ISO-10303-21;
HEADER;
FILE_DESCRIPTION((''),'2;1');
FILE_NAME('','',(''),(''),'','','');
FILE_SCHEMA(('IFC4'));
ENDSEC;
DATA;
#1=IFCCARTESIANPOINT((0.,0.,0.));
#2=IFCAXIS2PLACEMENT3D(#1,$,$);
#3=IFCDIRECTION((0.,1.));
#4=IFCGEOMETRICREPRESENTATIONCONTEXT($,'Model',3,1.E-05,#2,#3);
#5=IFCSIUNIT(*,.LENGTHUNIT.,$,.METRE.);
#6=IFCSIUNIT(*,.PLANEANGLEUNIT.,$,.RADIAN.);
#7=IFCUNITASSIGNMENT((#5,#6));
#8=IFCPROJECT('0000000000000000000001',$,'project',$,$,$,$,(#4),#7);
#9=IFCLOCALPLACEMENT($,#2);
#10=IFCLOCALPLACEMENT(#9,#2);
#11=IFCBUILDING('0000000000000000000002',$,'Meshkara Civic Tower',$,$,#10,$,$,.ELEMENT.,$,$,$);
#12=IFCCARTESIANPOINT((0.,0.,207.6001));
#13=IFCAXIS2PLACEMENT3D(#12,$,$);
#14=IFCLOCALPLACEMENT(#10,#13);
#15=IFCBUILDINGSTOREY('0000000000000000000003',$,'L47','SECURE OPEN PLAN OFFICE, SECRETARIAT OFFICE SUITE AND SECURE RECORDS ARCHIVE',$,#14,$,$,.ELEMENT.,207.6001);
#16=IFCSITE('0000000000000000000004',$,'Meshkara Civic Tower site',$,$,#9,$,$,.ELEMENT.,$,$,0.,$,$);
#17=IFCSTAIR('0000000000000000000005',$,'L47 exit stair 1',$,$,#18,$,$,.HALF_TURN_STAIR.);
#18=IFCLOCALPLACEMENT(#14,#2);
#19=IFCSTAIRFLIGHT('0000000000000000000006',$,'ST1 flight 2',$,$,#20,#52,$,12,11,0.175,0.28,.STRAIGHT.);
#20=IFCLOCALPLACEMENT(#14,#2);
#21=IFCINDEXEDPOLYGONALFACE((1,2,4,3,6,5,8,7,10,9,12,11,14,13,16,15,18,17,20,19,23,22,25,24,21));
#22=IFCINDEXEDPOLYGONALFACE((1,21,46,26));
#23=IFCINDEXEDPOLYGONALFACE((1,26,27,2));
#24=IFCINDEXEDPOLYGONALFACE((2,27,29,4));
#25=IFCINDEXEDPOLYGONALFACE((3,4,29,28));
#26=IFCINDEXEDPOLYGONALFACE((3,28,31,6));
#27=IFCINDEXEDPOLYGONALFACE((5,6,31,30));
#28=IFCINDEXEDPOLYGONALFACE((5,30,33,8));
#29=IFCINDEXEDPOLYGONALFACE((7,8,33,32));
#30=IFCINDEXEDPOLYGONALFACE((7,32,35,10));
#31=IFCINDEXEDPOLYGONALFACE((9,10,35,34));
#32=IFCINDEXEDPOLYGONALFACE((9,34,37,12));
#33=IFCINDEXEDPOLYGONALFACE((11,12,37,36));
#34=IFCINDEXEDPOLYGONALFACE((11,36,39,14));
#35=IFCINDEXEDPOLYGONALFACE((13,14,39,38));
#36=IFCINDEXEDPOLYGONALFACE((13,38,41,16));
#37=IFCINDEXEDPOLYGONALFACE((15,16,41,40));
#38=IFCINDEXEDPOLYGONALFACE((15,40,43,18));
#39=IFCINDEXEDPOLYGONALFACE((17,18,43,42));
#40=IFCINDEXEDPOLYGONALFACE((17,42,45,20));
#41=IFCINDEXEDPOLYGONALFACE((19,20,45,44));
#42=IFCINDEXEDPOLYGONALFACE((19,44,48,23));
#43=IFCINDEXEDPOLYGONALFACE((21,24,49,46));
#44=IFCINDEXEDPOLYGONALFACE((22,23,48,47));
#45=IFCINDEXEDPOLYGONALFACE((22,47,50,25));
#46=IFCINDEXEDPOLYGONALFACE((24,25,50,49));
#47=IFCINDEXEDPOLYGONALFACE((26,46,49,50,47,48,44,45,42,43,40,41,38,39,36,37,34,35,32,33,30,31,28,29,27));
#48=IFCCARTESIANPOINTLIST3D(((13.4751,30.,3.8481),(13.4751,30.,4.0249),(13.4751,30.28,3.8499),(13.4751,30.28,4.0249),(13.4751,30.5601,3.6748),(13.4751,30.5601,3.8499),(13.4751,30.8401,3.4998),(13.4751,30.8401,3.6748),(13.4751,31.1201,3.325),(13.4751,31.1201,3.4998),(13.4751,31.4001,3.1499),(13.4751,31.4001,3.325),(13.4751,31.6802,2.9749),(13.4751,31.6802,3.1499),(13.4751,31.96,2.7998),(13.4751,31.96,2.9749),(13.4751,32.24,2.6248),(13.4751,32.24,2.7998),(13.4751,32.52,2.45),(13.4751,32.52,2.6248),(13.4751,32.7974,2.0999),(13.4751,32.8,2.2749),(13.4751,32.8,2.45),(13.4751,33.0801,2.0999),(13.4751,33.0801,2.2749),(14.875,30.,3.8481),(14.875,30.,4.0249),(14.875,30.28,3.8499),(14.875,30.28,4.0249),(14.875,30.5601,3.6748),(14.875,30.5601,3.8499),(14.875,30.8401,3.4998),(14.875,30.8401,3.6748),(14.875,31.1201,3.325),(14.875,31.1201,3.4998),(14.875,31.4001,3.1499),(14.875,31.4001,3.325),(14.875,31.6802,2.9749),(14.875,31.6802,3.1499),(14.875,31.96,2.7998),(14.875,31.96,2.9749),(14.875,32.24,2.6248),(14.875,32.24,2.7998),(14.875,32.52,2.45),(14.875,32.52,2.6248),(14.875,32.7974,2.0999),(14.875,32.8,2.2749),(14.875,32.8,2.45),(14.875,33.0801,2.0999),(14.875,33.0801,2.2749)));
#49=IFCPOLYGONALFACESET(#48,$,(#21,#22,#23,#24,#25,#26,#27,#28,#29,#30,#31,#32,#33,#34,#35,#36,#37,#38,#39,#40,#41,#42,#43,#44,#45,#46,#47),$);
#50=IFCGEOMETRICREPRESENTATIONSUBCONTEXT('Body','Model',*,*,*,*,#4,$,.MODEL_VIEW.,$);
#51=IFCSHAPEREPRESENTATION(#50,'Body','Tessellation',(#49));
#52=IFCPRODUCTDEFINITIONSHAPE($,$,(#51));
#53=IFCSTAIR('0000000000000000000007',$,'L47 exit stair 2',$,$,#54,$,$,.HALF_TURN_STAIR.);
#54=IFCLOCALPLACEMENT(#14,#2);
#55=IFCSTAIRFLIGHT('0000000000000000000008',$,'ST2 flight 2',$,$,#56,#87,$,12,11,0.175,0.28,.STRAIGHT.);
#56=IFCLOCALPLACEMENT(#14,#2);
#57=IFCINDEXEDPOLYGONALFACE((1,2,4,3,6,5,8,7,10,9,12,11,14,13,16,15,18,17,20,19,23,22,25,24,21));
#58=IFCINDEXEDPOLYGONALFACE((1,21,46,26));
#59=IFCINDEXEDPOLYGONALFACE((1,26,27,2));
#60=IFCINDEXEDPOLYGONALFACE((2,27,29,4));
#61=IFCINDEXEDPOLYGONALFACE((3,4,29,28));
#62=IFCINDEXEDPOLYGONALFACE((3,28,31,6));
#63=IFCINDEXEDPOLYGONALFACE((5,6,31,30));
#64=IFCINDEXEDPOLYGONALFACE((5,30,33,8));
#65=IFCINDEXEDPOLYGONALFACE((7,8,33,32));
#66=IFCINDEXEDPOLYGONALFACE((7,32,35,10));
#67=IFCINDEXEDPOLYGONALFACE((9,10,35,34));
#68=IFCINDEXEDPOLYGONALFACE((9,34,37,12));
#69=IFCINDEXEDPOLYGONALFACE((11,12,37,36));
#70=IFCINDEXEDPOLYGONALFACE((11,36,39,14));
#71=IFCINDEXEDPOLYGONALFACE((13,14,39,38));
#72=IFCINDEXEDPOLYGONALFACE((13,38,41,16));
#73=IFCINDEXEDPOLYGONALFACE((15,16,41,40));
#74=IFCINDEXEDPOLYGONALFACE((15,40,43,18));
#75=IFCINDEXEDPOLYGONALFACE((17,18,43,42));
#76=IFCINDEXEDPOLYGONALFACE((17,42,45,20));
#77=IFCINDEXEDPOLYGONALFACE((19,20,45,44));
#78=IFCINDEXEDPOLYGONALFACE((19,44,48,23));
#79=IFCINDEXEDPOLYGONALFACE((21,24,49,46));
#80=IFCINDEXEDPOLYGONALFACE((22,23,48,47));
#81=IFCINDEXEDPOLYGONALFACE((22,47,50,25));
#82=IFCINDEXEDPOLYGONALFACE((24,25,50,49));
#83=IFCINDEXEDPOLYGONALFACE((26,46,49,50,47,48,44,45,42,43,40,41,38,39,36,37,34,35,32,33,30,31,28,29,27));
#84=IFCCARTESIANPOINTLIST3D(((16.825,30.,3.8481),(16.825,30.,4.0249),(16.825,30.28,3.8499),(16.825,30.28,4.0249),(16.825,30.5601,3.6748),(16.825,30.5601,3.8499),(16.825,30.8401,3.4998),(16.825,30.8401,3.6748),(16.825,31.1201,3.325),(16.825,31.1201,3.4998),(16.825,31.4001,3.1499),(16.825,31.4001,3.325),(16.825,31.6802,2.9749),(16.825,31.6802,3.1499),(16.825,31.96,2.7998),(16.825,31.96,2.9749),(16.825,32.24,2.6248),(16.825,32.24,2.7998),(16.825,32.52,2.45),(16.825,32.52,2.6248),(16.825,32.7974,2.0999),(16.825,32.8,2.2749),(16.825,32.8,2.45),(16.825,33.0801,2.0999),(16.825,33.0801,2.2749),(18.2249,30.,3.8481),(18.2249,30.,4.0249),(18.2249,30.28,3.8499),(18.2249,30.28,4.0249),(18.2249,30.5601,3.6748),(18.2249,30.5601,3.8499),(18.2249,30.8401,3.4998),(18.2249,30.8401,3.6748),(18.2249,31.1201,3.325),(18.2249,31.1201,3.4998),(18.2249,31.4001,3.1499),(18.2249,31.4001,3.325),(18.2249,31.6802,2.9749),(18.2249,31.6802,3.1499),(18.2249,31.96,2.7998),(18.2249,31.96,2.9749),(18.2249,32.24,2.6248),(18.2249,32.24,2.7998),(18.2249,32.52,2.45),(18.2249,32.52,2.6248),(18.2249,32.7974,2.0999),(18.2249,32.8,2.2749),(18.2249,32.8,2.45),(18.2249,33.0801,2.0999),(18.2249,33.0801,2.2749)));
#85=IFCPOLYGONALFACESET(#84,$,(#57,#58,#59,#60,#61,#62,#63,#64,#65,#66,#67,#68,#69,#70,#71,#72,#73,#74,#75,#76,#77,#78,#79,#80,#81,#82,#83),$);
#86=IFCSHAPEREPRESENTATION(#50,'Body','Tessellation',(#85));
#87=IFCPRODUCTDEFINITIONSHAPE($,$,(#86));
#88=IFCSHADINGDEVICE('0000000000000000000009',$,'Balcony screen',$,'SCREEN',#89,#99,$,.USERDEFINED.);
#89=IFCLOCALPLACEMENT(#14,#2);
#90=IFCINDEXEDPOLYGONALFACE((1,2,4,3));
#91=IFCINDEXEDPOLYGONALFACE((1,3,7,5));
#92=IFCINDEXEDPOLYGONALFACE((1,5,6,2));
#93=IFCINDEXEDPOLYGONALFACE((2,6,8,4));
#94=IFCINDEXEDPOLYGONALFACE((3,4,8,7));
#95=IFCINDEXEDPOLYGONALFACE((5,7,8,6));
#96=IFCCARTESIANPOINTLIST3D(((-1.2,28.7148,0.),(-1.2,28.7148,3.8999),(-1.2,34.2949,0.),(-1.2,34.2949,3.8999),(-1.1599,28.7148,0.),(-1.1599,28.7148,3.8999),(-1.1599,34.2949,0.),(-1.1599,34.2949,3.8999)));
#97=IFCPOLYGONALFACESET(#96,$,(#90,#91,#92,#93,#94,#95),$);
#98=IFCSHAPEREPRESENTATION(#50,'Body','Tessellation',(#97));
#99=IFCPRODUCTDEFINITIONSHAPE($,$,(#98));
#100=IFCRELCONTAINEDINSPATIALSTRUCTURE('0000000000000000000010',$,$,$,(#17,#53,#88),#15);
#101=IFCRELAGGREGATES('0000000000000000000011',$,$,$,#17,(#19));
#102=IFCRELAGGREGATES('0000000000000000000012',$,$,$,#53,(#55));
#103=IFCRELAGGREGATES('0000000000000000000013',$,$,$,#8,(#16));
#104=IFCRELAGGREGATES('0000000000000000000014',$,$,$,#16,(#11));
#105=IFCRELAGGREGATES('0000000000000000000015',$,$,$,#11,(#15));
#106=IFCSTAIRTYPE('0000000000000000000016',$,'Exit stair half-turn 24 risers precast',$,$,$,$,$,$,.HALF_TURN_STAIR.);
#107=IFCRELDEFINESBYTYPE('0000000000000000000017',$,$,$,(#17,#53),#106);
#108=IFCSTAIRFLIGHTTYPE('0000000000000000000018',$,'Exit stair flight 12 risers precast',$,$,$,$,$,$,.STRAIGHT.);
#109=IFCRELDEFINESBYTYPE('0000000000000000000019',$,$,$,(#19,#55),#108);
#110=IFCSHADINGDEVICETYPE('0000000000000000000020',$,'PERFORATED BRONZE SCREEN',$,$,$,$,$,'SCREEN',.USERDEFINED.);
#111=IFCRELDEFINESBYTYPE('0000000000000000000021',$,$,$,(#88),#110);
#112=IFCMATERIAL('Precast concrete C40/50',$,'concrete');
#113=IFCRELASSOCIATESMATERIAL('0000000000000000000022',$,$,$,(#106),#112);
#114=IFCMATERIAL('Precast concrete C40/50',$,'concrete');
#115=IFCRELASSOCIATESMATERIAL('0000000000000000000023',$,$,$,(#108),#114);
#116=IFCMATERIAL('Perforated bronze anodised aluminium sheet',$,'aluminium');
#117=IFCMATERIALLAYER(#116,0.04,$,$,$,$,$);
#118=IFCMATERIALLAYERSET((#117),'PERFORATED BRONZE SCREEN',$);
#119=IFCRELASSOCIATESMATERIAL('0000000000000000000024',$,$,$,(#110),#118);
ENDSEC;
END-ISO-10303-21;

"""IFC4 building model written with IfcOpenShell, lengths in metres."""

from ifc_helpers import new_model, si_unit, direction, frame, origin, origin_2d, place, context, subcontext, project, spatial, polyline, rectangle, outline, extrude, material, layer, layer_set, type_object, element, aggregate, save


model = new_model("IFC4")

# Units and contexts
model_context = context("Model", 3, precision=1e-05, world=origin(), true_north=direction((0.0, 1.0)))
body_context = subcontext(model_context, "Body", "Model", "MODEL_VIEW")
ifc_project = project(units=[si_unit("LENGTHUNIT", "METRE"), si_unit("PLANEANGLEUNIT", "RADIAN")], contexts=[model_context])

# Site, building, storey
site_placement = place(None, origin())
site = spatial("IfcSite", under=ifc_project, at=site_placement, Name="Meshkara Civic Tower site", CompositionType="ELEMENT", RefElevation=0.0)
building_placement = place(site_placement, origin())
building = spatial("IfcBuilding", under=site, at=building_placement, Name="Meshkara Civic Tower", CompositionType="ELEMENT")
storey_placement = place(building_placement, frame((0.0, 0.0, 207.6001)))
storey = spatial("IfcBuildingStorey", under=building, at=storey_placement, Name="L47", Description="SECURE OPEN PLAN OFFICE, SECRETARIAT OFFICE SUITE AND SECURE RECORDS ARCHIVE", CompositionType="ELEMENT", Elevation=207.6001)

# Stair, stair flight
ifc_material_1 = material(Name="Precast concrete C40/50", Category="concrete")
stair_type = type_object("IfcStairType", Name="Exit stair half-turn 24 risers precast", PredefinedType="HALF_TURN_STAIR", material=ifc_material_1)
stair_1_placement = place(storey_placement, origin())
stair_1 = element("IfcStair", 1, at=stair_1_placement, inside=storey, type_object=stair_type, Name="L47 exit stair 1", PredefinedType="HALF_TURN_STAIR")
ifc_material_2 = material(Name="Precast concrete C40/50", Category="concrete")
stair_flight_type = type_object("IfcStairFlightType", Name="Exit stair flight 12 risers precast", PredefinedType="STRAIGHT", material=ifc_material_2)
stair_flight_1_placement = place(storey_placement, frame((14.175, 33.0801, 2.0999), z_axis=(0.0, 0.0, 1.0), x_axis=(0.0, -1.0, 0.0)))
stair_flight_1 = element("IfcStairFlight", 2, at=stair_flight_1_placement, type_object=stair_flight_type, Name="ST1 flight 2", NumberOfRisers=12, NumberOfTreads=11, PredefinedType="STRAIGHT", RiserHeight=0.175, TreadLength=0.28, context=body_context, shape_type="SweptSolid", body=[
    extrude(outline(polyline([(0.0, 0.0), (0.0, 0.175), (0.28, 0.175), (0.28, 0.3501), (0.5601, 0.3501), (0.5601, 0.5249), (0.8401, 0.5249), (0.8401, 0.7), (1.1201, 0.7), (1.1201, 0.875), (1.3999, 0.875), (1.3999, 1.05), (1.6799, 1.05), (1.6799, 1.2251), (1.96, 1.2251), (1.96, 1.3999), (2.24, 1.3999), (2.24, 1.575), (2.52, 1.575), (2.52, 1.75), (2.8, 1.75), (2.8, 1.925), (3.0801, 1.925), (3.0801, 2.1001), (3.0801, 1.7483), (0.2827, 0.0), (0.0, 0.0)])), frame((0.0, 0.7, 0.0), z_axis=(0.0, -1.0, 0.0), x_axis=(1.0, 0.0, 0.0)), (0.0, 0.0, 1.0), 1.3999),
])
aggregate(stair_1, [stair_flight_1])

# Stair, stair flight
stair_2_placement = place(storey_placement, origin())
stair_2 = element("IfcStair", 3, at=stair_2_placement, inside=storey, type_object=stair_type, Name="L47 exit stair 2", PredefinedType="HALF_TURN_STAIR")
stair_flight_2_placement = place(storey_placement, frame((17.5249, 33.0801, 2.0999), z_axis=(0.0, 0.0, 1.0), x_axis=(0.0, -1.0, 0.0)))
stair_flight_2 = element("IfcStairFlight", 4, at=stair_flight_2_placement, type_object=stair_flight_type, Name="ST2 flight 2", NumberOfRisers=12, NumberOfTreads=11, PredefinedType="STRAIGHT", RiserHeight=0.175, TreadLength=0.28, context=body_context, shape_type="SweptSolid", body=[
    extrude(outline(polyline([(0.0, 0.0), (0.0, 0.175), (0.28, 0.175), (0.28, 0.3501), (0.5601, 0.3501), (0.5601, 0.5249), (0.8401, 0.5249), (0.8401, 0.7), (1.1201, 0.7), (1.1201, 0.875), (1.3999, 0.875), (1.3999, 1.05), (1.6799, 1.05), (1.6799, 1.2251), (1.96, 1.2251), (1.96, 1.3999), (2.24, 1.3999), (2.24, 1.575), (2.52, 1.575), (2.52, 1.75), (2.8, 1.75), (2.8, 1.925), (3.0801, 1.925), (3.0801, 2.1001), (3.0801, 1.7483), (0.2827, 0.0), (0.0, 0.0)])), frame((0.0, 0.7, 0.0), z_axis=(0.0, -1.0, 0.0), x_axis=(1.0, 0.0, 0.0)), (0.0, 0.0, 1.0), 1.3999),
])
aggregate(stair_2, [stair_flight_2])

# Shading device
ifc_material_3 = material(Name="Perforated bronze anodised aluminium sheet", Category="aluminium")
ifc_layer_1 = layer(ifc_material_3, 0.04)
ifc_layer_set_1 = layer_set([ifc_layer_1], Name="PERFORATED BRONZE SCREEN")
shading_device_type = type_object("IfcShadingDeviceType", Name="PERFORATED BRONZE SCREEN", ElementType="SCREEN", PredefinedType="USERDEFINED", material=ifc_layer_set_1)
shading_device_placement = place(storey_placement, frame((-1.1799, 31.5049, 0.0), z_axis=(0.0, 0.0, 1.0), x_axis=(0.0, -1.0, 0.0)))
element("IfcShadingDevice", 5, at=shading_device_placement, inside=storey, type_object=shading_device_type, Name="Balcony screen", ObjectType="SCREEN", PredefinedType="USERDEFINED", context=body_context, shape_type="SweptSolid", body=[
    extrude(rectangle(XDim=5.5801, YDim=0.04, at=origin_2d()), origin(), (0.0, 0.0, 1.0), 3.8999),
])

save(model, "model.ifc")
